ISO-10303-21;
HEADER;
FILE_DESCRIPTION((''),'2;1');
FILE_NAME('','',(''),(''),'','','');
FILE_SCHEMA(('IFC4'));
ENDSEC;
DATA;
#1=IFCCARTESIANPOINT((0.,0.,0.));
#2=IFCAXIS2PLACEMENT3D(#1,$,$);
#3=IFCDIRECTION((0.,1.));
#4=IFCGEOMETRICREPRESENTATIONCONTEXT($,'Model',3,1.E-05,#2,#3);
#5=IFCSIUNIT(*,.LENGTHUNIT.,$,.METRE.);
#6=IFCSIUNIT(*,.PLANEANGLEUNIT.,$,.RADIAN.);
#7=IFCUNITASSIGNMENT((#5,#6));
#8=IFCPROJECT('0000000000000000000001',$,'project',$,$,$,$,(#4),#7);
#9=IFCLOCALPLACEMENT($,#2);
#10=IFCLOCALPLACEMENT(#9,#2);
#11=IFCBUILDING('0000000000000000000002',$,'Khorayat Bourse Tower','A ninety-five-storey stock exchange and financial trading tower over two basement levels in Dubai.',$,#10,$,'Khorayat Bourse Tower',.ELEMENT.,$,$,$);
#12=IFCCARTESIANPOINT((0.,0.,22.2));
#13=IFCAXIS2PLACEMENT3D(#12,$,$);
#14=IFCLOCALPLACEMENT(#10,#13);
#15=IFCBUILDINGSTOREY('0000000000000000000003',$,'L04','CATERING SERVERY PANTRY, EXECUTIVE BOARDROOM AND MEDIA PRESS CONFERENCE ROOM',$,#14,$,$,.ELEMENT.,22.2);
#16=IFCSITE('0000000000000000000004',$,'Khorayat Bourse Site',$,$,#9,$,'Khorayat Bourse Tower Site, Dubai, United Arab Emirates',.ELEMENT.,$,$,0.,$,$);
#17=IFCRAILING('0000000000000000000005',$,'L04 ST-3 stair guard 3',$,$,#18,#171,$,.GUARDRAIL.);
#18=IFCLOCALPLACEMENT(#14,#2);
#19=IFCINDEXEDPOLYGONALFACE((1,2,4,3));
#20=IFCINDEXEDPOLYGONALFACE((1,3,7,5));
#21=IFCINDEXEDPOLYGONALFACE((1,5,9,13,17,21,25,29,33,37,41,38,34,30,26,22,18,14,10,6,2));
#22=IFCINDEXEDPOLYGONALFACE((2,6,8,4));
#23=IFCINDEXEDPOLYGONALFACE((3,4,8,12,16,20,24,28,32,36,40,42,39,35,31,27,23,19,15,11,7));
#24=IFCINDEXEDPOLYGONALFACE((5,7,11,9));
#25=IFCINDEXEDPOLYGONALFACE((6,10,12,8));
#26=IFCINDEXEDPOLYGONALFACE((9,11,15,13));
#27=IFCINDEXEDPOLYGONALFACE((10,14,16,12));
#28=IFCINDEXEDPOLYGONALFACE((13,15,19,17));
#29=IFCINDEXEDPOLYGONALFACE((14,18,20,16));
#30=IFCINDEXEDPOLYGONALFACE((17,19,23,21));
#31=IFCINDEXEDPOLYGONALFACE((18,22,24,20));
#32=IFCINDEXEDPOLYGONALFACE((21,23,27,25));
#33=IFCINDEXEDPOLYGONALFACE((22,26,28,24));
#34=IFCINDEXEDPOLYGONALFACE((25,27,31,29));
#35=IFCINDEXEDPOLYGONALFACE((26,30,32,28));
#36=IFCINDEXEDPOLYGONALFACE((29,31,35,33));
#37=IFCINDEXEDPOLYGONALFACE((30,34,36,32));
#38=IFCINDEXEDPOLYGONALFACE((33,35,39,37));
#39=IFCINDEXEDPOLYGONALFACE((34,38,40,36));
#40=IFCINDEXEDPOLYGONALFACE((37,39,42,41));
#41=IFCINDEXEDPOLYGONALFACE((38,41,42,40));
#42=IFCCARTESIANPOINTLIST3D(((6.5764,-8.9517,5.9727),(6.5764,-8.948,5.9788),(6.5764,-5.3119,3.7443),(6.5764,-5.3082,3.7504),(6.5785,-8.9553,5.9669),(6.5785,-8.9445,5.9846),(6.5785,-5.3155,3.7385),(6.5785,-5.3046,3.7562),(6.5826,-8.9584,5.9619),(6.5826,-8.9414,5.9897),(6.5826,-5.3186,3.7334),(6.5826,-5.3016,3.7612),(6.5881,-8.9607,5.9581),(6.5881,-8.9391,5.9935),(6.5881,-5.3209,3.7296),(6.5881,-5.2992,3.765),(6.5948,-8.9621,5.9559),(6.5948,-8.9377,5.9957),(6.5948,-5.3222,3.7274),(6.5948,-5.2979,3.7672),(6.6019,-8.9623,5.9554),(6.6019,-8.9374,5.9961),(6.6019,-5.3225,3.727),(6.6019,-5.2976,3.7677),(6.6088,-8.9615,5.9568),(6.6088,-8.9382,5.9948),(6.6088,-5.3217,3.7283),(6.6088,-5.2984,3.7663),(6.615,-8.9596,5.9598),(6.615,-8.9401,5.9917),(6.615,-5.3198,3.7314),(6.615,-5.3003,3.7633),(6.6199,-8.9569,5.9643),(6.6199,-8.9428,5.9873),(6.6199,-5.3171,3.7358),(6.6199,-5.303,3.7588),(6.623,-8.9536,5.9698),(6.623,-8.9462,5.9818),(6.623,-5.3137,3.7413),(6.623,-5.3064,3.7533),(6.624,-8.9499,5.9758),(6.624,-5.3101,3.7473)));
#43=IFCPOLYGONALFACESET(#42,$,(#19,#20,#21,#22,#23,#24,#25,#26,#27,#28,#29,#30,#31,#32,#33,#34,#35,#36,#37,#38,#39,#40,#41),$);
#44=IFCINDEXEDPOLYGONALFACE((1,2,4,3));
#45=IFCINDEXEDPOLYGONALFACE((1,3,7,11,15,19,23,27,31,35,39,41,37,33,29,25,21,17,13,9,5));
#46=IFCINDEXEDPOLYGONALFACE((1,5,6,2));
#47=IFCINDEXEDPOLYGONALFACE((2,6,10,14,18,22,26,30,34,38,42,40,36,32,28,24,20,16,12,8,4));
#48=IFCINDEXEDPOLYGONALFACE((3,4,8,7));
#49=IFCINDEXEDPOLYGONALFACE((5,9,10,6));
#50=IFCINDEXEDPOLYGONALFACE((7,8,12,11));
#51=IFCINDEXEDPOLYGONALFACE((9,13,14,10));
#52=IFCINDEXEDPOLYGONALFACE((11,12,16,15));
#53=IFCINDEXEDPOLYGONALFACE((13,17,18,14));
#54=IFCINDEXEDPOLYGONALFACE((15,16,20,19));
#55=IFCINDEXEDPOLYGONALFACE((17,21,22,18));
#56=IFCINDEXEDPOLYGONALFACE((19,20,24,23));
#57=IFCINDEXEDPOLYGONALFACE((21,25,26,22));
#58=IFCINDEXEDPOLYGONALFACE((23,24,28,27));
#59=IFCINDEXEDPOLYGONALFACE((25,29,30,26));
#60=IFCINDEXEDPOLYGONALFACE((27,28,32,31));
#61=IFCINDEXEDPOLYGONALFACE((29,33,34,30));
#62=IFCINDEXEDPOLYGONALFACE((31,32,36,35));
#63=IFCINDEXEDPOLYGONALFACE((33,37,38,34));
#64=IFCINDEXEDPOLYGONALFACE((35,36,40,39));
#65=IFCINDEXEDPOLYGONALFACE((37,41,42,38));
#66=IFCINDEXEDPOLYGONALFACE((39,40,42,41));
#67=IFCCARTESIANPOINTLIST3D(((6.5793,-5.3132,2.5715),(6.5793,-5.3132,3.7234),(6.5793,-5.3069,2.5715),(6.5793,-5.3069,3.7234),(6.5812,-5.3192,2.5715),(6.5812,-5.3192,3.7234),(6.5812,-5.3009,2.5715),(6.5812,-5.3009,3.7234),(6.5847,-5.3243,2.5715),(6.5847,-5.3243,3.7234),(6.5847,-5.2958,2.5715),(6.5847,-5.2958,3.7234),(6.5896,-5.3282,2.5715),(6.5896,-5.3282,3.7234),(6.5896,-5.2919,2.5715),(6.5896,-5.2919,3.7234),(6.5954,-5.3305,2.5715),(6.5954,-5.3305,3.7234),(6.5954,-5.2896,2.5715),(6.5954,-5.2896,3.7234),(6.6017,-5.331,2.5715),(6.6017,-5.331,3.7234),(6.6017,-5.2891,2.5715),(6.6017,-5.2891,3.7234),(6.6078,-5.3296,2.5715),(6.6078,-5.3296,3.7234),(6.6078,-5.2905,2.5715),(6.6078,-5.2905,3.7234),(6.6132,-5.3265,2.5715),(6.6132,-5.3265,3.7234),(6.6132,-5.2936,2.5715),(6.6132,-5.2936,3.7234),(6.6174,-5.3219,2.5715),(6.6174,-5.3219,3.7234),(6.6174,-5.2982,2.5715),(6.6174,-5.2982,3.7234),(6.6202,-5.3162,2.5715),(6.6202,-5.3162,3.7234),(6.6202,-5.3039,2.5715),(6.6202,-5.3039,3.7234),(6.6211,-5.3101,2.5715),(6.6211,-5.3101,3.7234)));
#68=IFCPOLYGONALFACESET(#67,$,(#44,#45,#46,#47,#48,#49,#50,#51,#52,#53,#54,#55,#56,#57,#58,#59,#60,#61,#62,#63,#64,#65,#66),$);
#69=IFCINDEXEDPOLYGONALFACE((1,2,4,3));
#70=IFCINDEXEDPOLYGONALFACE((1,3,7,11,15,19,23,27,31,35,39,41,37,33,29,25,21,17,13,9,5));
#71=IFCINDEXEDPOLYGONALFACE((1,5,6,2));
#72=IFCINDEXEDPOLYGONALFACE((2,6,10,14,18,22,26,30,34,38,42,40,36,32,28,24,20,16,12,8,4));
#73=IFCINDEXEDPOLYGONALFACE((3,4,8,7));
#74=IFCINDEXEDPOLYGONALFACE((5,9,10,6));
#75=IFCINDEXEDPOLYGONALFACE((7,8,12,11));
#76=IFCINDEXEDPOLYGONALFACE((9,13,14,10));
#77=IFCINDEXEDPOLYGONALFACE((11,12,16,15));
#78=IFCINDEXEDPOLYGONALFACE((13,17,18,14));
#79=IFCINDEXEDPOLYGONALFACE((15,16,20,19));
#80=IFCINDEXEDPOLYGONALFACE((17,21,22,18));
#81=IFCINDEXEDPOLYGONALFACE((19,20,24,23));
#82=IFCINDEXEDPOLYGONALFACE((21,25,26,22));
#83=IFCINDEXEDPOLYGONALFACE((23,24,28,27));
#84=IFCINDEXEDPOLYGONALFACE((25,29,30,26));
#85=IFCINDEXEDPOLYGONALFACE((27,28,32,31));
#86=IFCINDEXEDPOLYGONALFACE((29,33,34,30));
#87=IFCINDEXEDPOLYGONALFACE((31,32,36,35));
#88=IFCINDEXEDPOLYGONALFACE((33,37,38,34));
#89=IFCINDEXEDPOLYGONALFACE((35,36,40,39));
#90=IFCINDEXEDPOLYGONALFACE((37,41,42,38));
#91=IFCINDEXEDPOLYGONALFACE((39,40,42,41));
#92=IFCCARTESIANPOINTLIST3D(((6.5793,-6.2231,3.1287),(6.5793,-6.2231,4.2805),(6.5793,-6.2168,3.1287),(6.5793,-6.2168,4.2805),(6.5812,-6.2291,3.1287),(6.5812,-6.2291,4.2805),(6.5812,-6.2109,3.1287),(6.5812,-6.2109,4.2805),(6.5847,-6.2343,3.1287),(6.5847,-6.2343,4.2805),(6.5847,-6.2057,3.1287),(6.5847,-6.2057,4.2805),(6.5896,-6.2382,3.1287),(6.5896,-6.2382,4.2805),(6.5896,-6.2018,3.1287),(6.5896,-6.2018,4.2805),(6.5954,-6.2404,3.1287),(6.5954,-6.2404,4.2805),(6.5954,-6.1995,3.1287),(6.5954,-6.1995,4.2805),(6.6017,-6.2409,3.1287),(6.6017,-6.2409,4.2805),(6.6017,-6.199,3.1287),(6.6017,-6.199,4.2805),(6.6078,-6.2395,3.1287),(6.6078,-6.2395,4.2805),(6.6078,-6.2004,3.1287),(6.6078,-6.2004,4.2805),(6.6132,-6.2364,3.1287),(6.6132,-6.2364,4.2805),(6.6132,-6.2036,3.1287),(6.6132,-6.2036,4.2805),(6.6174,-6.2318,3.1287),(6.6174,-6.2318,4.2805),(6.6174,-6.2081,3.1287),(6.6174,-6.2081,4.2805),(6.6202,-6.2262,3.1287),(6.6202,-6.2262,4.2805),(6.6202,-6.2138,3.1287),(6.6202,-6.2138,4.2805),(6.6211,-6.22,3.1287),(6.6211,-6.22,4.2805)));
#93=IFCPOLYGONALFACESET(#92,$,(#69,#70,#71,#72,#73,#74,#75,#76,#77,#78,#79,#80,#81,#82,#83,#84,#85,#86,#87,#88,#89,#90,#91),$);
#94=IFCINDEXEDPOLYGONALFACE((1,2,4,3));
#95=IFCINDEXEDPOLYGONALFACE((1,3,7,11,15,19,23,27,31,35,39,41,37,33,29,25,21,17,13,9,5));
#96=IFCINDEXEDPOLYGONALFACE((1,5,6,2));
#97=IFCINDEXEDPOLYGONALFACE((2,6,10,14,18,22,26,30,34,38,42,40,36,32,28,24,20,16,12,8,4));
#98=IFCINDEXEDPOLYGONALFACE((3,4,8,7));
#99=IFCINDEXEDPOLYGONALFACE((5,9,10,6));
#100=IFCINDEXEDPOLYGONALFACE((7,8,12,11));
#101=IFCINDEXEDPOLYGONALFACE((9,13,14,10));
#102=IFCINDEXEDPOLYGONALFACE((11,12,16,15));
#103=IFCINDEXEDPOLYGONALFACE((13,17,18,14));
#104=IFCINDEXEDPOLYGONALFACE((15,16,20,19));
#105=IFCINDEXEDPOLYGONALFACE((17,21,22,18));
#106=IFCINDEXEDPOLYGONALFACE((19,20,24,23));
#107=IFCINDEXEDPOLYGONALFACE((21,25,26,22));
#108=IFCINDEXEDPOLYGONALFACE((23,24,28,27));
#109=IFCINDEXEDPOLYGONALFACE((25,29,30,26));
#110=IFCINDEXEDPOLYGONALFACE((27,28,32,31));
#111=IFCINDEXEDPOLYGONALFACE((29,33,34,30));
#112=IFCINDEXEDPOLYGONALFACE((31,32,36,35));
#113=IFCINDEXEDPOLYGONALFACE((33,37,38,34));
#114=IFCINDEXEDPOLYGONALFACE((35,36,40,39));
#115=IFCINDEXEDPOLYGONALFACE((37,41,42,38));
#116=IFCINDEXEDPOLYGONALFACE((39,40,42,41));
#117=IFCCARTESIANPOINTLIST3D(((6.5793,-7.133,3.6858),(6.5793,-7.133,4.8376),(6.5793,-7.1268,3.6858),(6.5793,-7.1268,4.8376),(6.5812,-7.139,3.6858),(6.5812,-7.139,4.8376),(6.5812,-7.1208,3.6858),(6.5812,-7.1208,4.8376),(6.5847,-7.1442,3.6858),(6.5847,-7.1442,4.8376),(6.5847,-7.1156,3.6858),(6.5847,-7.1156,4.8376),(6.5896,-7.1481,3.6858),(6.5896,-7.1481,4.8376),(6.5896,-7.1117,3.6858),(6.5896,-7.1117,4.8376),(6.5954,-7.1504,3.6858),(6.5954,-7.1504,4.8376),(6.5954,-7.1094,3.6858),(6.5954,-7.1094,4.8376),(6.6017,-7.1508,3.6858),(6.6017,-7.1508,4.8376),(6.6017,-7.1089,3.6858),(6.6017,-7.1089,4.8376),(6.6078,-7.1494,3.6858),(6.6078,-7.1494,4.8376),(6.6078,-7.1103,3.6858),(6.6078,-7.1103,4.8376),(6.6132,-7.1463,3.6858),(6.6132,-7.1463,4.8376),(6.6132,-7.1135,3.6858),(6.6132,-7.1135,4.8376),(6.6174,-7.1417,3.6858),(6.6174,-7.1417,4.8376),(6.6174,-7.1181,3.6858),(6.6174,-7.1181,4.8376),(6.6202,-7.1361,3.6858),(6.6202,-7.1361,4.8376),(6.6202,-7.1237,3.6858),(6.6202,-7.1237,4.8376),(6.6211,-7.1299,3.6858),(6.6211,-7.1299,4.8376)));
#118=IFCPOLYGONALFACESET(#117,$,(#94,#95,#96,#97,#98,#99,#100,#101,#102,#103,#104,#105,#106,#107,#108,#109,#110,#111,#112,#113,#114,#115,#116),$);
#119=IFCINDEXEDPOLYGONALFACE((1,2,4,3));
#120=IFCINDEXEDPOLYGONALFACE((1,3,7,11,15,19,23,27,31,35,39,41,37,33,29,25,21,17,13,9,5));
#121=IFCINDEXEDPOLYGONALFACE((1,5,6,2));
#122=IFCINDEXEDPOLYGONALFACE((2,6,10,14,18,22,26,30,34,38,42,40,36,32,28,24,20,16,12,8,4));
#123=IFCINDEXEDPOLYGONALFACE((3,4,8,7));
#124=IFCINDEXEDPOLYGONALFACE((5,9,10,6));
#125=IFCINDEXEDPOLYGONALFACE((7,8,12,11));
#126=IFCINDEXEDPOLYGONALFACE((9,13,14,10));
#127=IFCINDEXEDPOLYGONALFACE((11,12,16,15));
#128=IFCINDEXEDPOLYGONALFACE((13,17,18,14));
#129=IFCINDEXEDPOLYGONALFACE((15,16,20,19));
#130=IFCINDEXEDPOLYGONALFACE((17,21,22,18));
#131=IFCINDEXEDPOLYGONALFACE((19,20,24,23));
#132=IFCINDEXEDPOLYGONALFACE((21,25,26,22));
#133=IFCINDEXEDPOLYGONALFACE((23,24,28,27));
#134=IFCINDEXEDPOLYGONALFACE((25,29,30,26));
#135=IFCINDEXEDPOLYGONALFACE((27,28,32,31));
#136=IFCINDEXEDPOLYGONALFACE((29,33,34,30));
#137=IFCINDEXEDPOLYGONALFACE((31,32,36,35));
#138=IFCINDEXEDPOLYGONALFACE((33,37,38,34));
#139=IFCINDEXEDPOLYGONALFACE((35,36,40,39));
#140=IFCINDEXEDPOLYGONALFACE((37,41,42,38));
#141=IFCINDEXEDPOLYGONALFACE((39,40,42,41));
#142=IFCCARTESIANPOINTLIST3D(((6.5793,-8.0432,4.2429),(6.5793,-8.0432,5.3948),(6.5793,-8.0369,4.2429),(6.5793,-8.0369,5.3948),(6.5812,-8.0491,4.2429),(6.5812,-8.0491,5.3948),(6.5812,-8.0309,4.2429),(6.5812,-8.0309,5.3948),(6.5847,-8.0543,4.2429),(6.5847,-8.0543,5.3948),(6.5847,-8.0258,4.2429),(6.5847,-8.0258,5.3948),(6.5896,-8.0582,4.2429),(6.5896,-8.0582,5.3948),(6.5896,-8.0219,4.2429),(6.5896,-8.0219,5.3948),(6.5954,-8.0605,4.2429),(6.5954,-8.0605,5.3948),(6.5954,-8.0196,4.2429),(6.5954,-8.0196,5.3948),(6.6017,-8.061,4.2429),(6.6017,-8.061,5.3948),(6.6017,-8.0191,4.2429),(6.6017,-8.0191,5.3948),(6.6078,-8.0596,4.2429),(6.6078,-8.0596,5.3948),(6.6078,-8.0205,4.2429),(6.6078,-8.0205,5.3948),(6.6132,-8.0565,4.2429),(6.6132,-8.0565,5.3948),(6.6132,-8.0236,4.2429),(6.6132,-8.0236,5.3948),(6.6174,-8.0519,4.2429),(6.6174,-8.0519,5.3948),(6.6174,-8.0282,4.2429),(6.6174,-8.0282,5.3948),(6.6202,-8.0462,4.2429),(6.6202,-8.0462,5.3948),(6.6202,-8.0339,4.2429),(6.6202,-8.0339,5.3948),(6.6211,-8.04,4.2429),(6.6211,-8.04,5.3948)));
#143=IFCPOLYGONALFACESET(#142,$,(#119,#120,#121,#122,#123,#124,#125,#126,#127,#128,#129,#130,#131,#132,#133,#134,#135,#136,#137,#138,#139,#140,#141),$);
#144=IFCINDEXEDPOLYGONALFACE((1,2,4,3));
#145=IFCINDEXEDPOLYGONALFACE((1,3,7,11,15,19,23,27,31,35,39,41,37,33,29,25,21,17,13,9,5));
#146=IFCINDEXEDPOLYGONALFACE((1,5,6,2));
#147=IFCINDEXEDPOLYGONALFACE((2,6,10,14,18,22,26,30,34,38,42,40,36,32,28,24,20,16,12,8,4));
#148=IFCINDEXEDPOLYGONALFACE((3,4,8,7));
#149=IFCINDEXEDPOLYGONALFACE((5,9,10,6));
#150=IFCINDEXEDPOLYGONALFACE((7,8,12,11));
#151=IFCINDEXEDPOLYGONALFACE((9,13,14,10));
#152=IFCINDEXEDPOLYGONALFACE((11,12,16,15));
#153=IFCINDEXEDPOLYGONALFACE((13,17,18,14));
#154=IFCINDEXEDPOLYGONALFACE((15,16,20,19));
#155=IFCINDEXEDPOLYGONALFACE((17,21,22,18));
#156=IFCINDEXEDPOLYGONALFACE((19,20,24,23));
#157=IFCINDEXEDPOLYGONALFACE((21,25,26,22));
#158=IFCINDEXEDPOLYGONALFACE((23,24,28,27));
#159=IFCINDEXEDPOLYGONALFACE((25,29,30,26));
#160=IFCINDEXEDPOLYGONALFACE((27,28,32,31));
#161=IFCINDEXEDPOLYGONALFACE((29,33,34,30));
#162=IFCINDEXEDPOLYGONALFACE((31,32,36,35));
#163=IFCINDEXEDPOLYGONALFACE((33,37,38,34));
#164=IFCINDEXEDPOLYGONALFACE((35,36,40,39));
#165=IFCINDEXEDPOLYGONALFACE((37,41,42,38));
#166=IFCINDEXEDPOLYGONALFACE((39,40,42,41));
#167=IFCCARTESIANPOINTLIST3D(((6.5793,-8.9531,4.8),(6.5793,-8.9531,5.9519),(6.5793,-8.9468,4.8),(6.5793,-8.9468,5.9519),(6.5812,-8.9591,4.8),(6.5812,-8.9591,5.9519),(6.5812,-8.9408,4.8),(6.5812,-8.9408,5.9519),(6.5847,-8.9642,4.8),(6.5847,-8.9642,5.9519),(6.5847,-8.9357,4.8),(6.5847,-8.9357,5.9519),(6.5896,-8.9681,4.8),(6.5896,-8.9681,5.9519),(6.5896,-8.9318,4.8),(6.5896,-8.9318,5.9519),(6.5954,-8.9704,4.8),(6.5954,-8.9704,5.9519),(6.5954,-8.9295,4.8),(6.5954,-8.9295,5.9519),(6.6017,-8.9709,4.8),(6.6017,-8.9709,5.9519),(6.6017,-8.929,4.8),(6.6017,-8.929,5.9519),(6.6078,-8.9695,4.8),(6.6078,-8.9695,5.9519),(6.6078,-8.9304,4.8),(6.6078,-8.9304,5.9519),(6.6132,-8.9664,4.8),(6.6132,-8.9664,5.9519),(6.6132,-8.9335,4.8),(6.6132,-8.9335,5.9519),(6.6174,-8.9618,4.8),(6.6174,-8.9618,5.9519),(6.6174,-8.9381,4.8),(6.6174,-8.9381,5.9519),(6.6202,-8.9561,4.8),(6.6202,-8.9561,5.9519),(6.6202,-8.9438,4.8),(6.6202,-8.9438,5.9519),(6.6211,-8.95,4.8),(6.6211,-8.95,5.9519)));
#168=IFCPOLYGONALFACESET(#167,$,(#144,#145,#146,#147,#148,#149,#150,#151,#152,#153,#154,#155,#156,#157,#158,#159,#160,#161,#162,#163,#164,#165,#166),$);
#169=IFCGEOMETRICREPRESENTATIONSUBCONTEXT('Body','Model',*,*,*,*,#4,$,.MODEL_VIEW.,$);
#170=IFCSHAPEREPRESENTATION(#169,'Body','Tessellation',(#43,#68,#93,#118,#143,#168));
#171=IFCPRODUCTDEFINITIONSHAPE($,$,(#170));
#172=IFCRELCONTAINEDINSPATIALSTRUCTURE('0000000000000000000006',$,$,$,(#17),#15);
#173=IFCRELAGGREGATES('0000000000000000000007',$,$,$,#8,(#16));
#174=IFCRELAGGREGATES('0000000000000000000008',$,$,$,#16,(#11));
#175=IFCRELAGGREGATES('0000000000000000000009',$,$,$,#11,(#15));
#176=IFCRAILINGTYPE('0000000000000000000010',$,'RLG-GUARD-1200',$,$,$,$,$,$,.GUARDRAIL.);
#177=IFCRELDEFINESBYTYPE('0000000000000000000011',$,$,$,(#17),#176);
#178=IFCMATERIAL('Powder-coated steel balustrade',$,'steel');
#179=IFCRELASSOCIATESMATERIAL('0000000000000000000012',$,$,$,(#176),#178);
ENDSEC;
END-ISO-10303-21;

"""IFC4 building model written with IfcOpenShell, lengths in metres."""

from ifc_helpers import new_model, si_unit, direction, frame, origin, origin_2d, place, context, subcontext, project, spatial, circle, extrude, source, transform, mapped, material, type_object, element, save


model = new_model("IFC4")

# Units and contexts
model_context = context("Model", 3, precision=1e-05, world=origin(), true_north=direction((0.0, 1.0)))
body_context = subcontext(model_context, "Body", "Model", "MODEL_VIEW")
ifc_project = project(units=[si_unit("LENGTHUNIT", "METRE"), si_unit("PLANEANGLEUNIT", "RADIAN")], contexts=[model_context])

# Site, building, storey
site_placement = place(None, origin())
site = spatial("IfcSite", under=ifc_project, at=site_placement, Name="Khorayat Bourse Site", LongName="Khorayat Bourse Tower Site, Dubai, United Arab Emirates", CompositionType="ELEMENT", RefElevation=0.0)
building_placement = place(site_placement, origin())
building = spatial("IfcBuilding", under=site, at=building_placement, Name="Khorayat Bourse Tower", Description="A ninety-five-storey stock exchange and financial trading tower over two basement levels in Dubai.", LongName="Khorayat Bourse Tower", CompositionType="ELEMENT")
storey_placement = place(building_placement, frame((0.0, 0.0, 22.2)))
storey = spatial("IfcBuildingStorey", under=building, at=storey_placement, Name="L04", Description="CATERING SERVERY PANTRY, EXECUTIVE BOARDROOM AND MEDIA PRESS CONFERENCE ROOM", CompositionType="ELEMENT", Elevation=22.2)

# Railing
ifc_material_1 = material(Name="Powder-coated steel balustrade", Category="steel")
railing_type_1 = type_object("IfcRailingType", Name="RLG-GUARD-1200", PredefinedType="GUARDRAIL", material=ifc_material_1)
shared_shape_1 = source(origin(), body_context, "Body", "SweptSolid", [
    extrude(circle(Radius=0.0239, at=origin_2d()), frame((0.0, 0.0, 1.1758), z_axis=(0.0, -0.85285, 0.522156), x_axis=(1.0, 0.0, 0.0)), (0.0, 0.0, 1.0), 4.2678),
    extrude(circle(Radius=0.021, at=origin_2d()), origin(), (0.0, 0.0, 1.0), 1.1519),
    extrude(circle(Radius=0.021, at=origin_2d()), frame((0.0, -0.9099, 0.5571)), (0.0, 0.0, 1.0), 1.1519),
    extrude(circle(Radius=0.021, at=origin_2d()), frame((0.0, -1.8198, 1.1143)), (0.0, 0.0, 1.0), 1.1519),
    extrude(circle(Radius=0.021, at=origin_2d()), frame((0.0, -2.73, 1.6714)), (0.0, 0.0, 1.0), 1.1519),
    extrude(circle(Radius=0.021, at=origin_2d()), frame((0.0, -3.6399, 2.2285)), (0.0, 0.0, 1.0), 1.1519),
])
railing_1_placement = place(storey_placement, frame((6.6001, -5.3101, 2.5715)))
element("IfcRailing", 1, at=railing_1_placement, inside=storey, type_object=railing_type_1, Name="L04 ST-3 stair guard 3", PredefinedType="GUARDRAIL", context=body_context, shape_type="MappedRepresentation", body=[
    mapped(shared_shape_1, transform((0.0, 0.0, 0.0), scale=1.0)),
])

save(model, "model.ifc")
